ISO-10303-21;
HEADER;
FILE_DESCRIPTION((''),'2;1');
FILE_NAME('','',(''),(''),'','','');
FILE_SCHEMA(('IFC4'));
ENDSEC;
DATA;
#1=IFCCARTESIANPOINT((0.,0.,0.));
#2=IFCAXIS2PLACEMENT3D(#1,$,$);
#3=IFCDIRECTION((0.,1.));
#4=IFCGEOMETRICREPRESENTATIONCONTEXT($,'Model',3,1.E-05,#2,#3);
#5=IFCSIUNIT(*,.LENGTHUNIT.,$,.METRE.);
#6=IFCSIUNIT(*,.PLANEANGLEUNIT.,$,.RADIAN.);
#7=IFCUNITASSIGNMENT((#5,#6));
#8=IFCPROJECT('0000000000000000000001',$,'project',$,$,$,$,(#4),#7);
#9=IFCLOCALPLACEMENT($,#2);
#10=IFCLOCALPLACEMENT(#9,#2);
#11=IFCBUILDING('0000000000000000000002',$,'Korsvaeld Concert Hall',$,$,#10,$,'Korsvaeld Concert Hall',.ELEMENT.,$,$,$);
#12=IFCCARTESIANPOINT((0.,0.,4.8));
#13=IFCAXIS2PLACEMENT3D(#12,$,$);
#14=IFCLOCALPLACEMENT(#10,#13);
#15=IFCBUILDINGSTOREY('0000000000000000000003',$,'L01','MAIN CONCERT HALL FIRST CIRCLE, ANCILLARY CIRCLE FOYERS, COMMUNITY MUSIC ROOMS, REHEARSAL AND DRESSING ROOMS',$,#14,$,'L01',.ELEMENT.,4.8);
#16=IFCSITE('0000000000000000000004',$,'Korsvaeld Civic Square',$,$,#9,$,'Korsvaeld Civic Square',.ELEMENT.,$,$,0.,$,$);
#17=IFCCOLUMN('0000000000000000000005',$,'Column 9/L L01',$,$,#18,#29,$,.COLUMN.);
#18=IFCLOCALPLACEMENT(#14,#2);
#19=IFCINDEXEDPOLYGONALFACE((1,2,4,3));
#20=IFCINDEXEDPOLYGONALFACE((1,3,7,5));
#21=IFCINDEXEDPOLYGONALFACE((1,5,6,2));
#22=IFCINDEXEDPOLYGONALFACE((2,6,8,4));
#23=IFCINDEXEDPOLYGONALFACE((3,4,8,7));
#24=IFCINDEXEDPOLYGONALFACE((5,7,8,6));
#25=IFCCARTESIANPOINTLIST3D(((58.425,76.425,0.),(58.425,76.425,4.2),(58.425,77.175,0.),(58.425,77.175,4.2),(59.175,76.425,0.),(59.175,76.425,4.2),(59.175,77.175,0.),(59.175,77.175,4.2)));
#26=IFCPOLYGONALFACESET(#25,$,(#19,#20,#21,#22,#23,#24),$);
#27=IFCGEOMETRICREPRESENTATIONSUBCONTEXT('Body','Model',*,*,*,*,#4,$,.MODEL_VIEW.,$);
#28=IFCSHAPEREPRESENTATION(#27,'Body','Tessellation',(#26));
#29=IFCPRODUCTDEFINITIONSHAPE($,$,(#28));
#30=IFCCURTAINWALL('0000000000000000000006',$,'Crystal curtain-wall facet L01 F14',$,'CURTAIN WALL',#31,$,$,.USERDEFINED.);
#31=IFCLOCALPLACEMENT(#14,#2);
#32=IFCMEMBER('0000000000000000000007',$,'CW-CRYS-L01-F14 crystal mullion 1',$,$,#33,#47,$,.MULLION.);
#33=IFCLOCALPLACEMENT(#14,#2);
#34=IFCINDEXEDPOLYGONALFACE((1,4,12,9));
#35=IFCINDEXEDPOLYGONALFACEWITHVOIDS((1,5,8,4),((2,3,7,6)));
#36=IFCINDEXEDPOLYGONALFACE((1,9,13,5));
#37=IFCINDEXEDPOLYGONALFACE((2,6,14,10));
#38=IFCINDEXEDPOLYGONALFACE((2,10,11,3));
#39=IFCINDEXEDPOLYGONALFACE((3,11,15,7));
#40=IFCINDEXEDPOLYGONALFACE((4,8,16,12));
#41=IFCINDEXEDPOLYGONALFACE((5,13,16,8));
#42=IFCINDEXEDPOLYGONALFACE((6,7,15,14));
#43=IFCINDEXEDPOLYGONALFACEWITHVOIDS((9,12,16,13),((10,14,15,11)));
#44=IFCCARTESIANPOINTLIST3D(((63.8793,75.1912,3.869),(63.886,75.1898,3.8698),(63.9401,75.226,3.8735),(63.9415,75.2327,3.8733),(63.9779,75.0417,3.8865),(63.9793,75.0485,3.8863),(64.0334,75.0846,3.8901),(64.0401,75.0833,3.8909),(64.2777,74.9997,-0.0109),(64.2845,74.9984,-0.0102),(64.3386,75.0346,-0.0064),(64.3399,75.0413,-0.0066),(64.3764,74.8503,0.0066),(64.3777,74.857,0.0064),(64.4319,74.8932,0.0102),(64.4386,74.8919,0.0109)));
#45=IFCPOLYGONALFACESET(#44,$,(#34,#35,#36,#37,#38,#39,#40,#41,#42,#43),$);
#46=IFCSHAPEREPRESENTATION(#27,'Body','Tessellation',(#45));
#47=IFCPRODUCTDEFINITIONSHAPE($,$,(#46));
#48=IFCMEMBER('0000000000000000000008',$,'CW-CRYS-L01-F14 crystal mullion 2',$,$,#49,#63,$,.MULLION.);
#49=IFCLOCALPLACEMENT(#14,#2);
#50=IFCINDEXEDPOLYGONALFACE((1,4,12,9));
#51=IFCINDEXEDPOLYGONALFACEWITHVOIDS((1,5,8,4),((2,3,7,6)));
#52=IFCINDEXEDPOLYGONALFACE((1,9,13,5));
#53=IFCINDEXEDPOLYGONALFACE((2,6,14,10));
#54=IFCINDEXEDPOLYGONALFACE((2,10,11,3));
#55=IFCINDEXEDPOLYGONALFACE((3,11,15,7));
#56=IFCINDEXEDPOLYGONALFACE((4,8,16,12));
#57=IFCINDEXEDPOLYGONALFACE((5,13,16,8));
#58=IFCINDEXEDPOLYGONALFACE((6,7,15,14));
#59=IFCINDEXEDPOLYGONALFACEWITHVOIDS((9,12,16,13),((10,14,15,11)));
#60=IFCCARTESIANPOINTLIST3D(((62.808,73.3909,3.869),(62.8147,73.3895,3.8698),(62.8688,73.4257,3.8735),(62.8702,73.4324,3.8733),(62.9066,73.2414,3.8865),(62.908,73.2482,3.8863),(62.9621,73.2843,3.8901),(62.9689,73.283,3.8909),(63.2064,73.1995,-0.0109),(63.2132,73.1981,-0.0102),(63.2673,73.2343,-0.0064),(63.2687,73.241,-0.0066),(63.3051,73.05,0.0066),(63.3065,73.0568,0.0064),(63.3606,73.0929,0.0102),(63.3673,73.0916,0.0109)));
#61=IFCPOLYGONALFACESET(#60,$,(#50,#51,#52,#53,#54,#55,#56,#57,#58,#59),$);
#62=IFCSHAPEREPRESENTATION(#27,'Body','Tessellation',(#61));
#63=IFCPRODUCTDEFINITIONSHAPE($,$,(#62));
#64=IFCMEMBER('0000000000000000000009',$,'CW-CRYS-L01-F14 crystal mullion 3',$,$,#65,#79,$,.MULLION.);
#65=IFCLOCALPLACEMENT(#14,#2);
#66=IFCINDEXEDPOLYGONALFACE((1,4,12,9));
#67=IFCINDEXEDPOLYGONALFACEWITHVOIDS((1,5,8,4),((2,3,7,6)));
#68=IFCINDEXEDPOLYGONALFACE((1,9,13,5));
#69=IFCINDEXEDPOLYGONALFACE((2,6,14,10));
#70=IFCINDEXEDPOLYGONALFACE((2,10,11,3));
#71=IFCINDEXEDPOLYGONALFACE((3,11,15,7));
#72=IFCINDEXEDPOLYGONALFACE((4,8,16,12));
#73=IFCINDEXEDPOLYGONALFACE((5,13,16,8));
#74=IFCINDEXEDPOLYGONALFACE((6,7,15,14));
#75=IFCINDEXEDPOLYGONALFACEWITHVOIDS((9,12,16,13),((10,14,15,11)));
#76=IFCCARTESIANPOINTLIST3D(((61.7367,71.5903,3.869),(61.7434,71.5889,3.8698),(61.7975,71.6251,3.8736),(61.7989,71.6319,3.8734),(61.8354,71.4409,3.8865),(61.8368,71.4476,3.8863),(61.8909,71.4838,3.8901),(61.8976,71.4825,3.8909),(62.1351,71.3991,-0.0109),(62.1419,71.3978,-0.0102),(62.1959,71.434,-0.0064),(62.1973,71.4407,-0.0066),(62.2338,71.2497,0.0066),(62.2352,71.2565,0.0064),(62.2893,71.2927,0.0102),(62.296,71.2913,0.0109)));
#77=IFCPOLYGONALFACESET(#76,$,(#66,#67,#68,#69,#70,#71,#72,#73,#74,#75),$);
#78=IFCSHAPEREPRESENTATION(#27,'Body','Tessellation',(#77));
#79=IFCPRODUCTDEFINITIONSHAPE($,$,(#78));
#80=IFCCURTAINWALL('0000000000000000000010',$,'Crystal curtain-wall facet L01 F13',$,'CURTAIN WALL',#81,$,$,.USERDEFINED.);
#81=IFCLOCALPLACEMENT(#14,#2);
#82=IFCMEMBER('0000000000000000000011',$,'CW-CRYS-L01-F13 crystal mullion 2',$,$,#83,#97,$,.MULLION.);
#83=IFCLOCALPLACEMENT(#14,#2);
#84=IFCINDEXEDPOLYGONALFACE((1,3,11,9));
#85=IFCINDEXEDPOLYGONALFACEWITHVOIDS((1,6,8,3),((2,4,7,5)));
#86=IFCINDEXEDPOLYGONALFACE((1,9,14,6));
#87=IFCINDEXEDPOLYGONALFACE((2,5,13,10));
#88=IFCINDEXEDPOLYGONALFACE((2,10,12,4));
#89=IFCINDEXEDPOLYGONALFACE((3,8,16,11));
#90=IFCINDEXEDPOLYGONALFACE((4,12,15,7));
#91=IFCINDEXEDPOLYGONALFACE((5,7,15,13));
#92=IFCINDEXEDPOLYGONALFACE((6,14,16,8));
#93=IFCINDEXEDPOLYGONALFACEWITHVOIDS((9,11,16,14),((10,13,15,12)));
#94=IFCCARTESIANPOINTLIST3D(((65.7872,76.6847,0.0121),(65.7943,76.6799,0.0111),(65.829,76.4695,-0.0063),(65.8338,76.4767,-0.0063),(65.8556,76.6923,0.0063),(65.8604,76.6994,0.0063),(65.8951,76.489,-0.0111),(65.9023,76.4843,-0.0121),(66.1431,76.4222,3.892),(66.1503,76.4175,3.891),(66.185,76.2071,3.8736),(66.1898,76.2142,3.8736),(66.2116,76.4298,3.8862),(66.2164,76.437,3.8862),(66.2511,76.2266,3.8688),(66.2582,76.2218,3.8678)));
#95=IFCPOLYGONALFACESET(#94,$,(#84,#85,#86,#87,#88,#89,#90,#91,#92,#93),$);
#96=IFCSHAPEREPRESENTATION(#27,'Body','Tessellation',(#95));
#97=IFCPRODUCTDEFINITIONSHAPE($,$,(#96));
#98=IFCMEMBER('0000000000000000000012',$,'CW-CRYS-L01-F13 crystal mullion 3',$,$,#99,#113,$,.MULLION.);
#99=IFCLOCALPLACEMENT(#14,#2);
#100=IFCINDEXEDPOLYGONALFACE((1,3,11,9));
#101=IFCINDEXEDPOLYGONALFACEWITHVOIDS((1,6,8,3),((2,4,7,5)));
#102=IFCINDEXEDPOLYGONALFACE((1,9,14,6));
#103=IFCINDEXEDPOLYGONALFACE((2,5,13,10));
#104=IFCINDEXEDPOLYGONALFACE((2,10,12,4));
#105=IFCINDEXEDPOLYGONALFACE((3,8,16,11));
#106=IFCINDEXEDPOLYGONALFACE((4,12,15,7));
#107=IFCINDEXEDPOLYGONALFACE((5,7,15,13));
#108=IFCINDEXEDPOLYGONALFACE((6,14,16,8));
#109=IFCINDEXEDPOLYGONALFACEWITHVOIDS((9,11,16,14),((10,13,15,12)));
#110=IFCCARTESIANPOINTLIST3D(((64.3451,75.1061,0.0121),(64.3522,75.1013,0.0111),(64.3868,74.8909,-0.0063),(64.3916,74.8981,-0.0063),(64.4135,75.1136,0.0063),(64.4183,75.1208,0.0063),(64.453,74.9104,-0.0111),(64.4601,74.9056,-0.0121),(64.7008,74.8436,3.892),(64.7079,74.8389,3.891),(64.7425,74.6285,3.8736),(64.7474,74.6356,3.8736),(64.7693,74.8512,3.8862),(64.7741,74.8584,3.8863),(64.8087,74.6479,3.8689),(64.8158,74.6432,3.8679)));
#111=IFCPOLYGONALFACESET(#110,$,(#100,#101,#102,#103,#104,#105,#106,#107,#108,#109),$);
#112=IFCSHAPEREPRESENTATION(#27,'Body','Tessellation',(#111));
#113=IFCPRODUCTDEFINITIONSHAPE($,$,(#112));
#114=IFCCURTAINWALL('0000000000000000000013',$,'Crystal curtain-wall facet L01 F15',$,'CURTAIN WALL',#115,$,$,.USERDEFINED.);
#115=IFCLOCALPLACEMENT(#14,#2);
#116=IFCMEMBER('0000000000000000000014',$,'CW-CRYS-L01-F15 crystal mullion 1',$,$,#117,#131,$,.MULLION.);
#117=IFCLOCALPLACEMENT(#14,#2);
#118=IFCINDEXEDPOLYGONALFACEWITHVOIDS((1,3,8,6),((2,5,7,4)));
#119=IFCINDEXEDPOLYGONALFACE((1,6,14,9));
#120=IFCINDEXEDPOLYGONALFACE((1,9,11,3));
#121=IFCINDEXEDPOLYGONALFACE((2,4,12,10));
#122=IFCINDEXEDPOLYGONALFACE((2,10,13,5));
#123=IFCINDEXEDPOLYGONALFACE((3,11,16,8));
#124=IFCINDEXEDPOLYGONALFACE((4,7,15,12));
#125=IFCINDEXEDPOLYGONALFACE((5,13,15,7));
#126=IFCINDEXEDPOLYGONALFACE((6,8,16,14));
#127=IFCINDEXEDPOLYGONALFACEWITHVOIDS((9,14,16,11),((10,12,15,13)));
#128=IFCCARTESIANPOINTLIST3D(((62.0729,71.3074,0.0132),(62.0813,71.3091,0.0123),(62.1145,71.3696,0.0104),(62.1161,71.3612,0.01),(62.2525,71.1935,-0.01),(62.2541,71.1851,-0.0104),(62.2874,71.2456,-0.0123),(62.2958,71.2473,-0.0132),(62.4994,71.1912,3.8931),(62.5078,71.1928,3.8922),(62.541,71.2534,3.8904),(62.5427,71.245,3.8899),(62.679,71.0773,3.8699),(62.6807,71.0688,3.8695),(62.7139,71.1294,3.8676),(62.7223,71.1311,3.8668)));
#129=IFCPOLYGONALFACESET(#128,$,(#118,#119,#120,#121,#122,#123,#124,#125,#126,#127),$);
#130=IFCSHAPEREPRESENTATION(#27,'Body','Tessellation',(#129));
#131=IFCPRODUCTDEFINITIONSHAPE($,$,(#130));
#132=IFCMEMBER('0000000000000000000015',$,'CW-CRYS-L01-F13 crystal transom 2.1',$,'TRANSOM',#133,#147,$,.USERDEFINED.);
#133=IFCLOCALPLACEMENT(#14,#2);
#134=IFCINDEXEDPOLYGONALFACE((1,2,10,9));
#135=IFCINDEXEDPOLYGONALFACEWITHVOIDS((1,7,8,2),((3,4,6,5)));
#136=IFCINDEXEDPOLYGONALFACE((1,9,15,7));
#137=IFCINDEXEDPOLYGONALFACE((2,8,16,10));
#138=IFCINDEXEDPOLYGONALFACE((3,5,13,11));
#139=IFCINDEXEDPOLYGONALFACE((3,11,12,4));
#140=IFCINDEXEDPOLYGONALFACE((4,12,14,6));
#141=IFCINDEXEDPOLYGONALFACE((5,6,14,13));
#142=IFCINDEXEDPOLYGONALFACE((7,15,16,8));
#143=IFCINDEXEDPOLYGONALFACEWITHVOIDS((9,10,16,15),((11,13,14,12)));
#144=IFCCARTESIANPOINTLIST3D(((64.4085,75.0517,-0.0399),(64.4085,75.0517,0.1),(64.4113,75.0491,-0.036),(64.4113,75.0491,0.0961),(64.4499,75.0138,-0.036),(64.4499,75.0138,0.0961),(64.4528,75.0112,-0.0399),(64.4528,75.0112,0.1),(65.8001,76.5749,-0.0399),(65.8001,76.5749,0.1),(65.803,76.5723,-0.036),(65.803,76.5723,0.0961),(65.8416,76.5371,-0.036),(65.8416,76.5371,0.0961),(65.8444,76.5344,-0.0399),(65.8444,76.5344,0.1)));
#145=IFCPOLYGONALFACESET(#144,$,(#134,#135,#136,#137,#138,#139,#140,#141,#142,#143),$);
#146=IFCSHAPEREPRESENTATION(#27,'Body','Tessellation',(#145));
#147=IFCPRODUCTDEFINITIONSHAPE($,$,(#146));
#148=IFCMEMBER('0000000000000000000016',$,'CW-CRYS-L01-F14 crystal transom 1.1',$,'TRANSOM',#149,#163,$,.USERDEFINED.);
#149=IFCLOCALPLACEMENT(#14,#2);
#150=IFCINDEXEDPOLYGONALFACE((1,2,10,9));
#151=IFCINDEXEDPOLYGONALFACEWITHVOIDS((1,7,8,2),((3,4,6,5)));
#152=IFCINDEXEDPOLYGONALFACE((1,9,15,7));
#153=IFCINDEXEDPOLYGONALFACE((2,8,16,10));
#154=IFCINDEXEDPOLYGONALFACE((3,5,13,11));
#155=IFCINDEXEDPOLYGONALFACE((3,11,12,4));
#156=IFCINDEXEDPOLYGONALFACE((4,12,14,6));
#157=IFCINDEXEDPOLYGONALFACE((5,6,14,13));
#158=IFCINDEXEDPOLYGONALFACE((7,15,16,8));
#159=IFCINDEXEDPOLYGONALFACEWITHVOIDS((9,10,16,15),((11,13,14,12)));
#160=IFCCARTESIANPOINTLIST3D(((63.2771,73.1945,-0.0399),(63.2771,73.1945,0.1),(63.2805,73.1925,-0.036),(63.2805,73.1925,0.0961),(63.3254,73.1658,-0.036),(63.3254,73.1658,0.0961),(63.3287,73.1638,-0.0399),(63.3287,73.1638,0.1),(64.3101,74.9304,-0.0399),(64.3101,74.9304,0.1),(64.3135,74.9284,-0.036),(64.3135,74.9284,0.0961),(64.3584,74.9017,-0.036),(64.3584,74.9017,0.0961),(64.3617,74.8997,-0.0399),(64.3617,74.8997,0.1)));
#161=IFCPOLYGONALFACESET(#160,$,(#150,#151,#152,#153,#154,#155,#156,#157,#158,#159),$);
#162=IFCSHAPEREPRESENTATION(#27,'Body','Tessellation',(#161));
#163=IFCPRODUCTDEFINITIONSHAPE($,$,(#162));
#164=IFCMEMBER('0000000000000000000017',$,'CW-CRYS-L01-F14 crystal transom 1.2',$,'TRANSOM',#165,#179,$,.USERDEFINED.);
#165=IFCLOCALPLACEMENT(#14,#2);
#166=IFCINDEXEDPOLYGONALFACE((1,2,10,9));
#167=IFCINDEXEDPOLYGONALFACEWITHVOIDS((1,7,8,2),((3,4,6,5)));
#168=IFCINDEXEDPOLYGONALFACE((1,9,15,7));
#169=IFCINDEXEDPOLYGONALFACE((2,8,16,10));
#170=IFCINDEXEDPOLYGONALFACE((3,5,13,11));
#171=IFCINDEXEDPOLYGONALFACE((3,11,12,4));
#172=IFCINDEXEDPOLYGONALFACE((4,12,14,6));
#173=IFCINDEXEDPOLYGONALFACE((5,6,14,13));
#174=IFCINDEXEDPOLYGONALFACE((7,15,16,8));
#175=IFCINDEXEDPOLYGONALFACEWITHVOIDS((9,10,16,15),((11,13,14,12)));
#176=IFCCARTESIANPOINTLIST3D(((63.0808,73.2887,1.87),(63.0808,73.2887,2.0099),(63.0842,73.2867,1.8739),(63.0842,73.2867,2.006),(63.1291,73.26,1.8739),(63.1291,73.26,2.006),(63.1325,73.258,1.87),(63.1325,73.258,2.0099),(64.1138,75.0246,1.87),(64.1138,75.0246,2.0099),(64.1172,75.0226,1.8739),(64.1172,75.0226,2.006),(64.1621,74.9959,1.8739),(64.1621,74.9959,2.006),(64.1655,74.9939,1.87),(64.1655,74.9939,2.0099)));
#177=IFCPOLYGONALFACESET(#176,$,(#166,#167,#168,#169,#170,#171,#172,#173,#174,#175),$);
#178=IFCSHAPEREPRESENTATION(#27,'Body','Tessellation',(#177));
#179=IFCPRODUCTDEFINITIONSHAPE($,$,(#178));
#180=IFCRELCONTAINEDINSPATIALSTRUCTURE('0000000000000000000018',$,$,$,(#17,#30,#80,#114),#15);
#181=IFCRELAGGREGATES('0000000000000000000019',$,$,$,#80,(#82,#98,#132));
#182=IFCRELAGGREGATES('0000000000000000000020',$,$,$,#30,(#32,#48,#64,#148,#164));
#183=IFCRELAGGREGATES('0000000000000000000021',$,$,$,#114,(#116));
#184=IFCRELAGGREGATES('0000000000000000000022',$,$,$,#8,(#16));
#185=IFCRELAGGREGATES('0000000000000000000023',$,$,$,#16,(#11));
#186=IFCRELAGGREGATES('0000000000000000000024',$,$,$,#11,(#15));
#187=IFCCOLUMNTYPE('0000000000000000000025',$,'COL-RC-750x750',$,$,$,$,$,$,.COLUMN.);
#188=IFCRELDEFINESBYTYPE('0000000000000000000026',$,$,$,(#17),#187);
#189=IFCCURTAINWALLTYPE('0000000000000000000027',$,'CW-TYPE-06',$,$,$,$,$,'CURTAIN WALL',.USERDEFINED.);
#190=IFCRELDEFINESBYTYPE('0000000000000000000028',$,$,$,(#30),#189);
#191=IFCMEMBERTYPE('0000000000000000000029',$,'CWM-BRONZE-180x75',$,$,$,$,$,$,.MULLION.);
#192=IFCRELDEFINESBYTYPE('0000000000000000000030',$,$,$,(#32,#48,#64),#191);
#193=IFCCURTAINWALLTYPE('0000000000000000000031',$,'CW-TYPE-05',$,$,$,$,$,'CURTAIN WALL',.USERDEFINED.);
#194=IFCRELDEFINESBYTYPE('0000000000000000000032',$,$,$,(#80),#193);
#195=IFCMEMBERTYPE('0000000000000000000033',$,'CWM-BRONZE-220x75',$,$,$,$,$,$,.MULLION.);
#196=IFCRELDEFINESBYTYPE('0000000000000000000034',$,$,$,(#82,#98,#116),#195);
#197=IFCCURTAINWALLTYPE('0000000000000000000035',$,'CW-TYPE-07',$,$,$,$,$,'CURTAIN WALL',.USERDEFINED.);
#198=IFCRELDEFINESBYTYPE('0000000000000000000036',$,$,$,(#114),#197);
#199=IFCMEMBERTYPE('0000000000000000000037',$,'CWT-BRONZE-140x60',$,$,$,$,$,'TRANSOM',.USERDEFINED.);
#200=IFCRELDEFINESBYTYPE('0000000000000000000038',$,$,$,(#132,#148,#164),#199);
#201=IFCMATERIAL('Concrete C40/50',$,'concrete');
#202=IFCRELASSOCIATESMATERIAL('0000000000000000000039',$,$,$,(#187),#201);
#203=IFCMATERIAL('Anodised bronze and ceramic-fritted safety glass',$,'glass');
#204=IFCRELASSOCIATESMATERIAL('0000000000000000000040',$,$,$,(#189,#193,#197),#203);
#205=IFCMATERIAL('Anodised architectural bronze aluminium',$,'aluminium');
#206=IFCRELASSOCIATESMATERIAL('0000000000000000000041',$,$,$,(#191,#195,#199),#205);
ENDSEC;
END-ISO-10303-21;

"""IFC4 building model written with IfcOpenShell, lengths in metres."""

from ifc_helpers import new_model, si_unit, direction, frame, origin, origin_2d, place, context, subcontext, project, spatial, rectangle, hollow_rectangle, extrude, material, material_profile, profile_set, type_object, element, aggregate, save


model = new_model("IFC4")

# Units and contexts
model_context = context("Model", 3, precision=1e-05, world=origin(), true_north=direction((0.0, 1.0)))
body_context = subcontext(model_context, "Body", "Model", "MODEL_VIEW")
ifc_project = project(units=[si_unit("LENGTHUNIT", "METRE"), si_unit("PLANEANGLEUNIT", "RADIAN")], contexts=[model_context])

# Site, building, storey
site_placement = place(None, origin())
site = spatial("IfcSite", under=ifc_project, at=site_placement, Name="Korsvaeld Civic Square", LongName="Korsvaeld Civic Square", CompositionType="ELEMENT", RefElevation=0.0)
building_placement = place(site_placement, origin())
building = spatial("IfcBuilding", under=site, at=building_placement, Name="Korsvaeld Concert Hall", LongName="Korsvaeld Concert Hall", CompositionType="ELEMENT")
storey_placement = place(building_placement, frame((0.0, 0.0, 4.8)))
storey = spatial("IfcBuildingStorey", under=building, at=storey_placement, Name="L01", Description="MAIN CONCERT HALL FIRST CIRCLE, ANCILLARY CIRCLE FOYERS, COMMUNITY MUSIC ROOMS, REHEARSAL AND DRESSING ROOMS", LongName="L01", CompositionType="ELEMENT", Elevation=4.8)

# Column
ifc_material_1 = material(Name="Concrete C40/50", Category="concrete")
ifc_material_profile_1 = material_profile(ifc_material_1, rectangle(XDim=0.75, YDim=0.75, at=origin_2d()), Name="RC 750x750")
ifc_profile_set_1 = profile_set([ifc_material_profile_1], Name="Concrete C40/50")
column_type = type_object("IfcColumnType", Name="COL-RC-750x750", PredefinedType="COLUMN", material=ifc_profile_set_1)
column_placement = place(storey_placement, frame((58.8, 76.8, 0.0), z_axis=(0.0, 0.0, 1.0), x_axis=(1.0, 0.0, 0.0)))
element("IfcColumn", 1, at=column_placement, inside=storey, type_object=column_type, Name="Column 9/L L01", PredefinedType="COLUMN", context=body_context, shape_type="SweptSolid", body=[
    extrude(rectangle(XDim=0.75, YDim=0.75, at=origin_2d()), origin(), (0.0, 0.0, 1.0), 4.2),
])

# Curtain walls, members
ifc_material_2 = material(Name="Anodised bronze and ceramic-fritted safety glass", Category="glass")
curtain_wall_type_1 = type_object("IfcCurtainWallType", Name="CW-TYPE-06", ElementType="CURTAIN WALL", PredefinedType="USERDEFINED", material=ifc_material_2)
curtain_wall_1_placement = place(storey_placement, origin())
curtain_wall_1 = element("IfcCurtainWall", 2, at=curtain_wall_1_placement, inside=storey, type_object=curtain_wall_type_1, Name="Crystal curtain-wall facet L01 F14", ObjectType="CURTAIN WALL", PredefinedType="USERDEFINED")
ifc_material_3 = material(Name="Anodised architectural bronze aluminium", Category="aluminium")
ifc_material_profile_2 = material_profile(ifc_material_3, hollow_rectangle(XDim=0.075, YDim=0.1799, WallThickness=0.0049, at=origin_2d()), Name="CWM 180x75x5")
ifc_profile_set_2 = profile_set([ifc_material_profile_2], Name="Anodised architectural bronze aluminium")
member_type_1 = type_object("IfcMemberType", Name="CWM-BRONZE-180x75", PredefinedType="MULLION", material=ifc_profile_set_2)
member_1_placement = place(storey_placement, frame((64.3582, 74.9458, 0.0), z_axis=(-0.102033, 0.049016, 0.993573), x_axis=(-0.830086, -0.554624, -0.057883)))
member_1 = element("IfcMember", 3, at=member_1_placement, type_object=member_type_1, Name="CW-CRYS-L01-F14 crystal mullion 1", PredefinedType="MULLION", context=body_context, shape_type="SweptSolid", body=[
    extrude(hollow_rectangle(XDim=0.075, YDim=0.1799, WallThickness=0.0049, at=origin_2d()), origin(), (0.0, 0.0, 1.0), 3.905),
])
member_2_placement = place(storey_placement, frame((63.2869, 73.1455, 0.0), z_axis=(-0.102033, 0.049016, 0.993573), x_axis=(-0.830086, -0.554624, -0.057883)))
member_2 = element("IfcMember", 4, at=member_2_placement, type_object=member_type_1, Name="CW-CRYS-L01-F14 crystal mullion 2", PredefinedType="MULLION", context=body_context, shape_type="SweptSolid", body=[
    extrude(hollow_rectangle(XDim=0.075, YDim=0.1799, WallThickness=0.0049, at=origin_2d()), origin(), (0.0, 0.0, 1.0), 3.905),
])
member_3_placement = place(storey_placement, frame((62.2156, 71.3452, 0.0), z_axis=(-0.102033, 0.048954, 0.993576), x_axis=(-0.829811, -0.555036, -0.057869)))
member_3 = element("IfcMember", 5, at=member_3_placement, type_object=member_type_1, Name="CW-CRYS-L01-F14 crystal mullion 3", PredefinedType="MULLION", context=body_context, shape_type="SweptSolid", body=[
    extrude(hollow_rectangle(XDim=0.075, YDim=0.1799, WallThickness=0.0049, at=origin_2d()), origin(), (0.0, 0.0, 1.0), 3.905),
])
curtain_wall_type_2 = type_object("IfcCurtainWallType", Name="CW-TYPE-05", ElementType="CURTAIN WALL", PredefinedType="USERDEFINED", material=ifc_material_2)
curtain_wall_2_placement = place(storey_placement, origin())
curtain_wall_2 = element("IfcCurtainWall", 6, at=curtain_wall_2_placement, inside=storey, type_object=curtain_wall_type_2, Name="Crystal curtain-wall facet L01 F13", ObjectType="CURTAIN WALL", PredefinedType="USERDEFINED")
ifc_material_profile_3 = material_profile(ifc_material_3, hollow_rectangle(XDim=0.075, YDim=0.22, WallThickness=0.0061, at=origin_2d()), Name="CWM 220x75x6")
ifc_profile_set_3 = profile_set([ifc_material_profile_3], Name="Anodised architectural bronze aluminium")
member_type_2 = type_object("IfcMemberType", Name="CWM-BRONZE-220x75", PredefinedType="MULLION", material=ifc_profile_set_3)
member_4_placement = place(storey_placement, frame((65.8447, 76.5845, 0.0), z_axis=(0.091154, -0.067209, 0.993566), x_axis=(0.977518, 0.196531, -0.076388)))
member_4 = element("IfcMember", 7, at=member_4_placement, type_object=member_type_2, Name="CW-CRYS-L01-F13 crystal mullion 2", PredefinedType="MULLION", context=body_context, shape_type="SweptSolid", body=[
    extrude(hollow_rectangle(XDim=0.075, YDim=0.22, WallThickness=0.0061, at=origin_2d()), origin(), (0.0, 0.0, 1.0), 3.905),
])
member_5_placement = place(storey_placement, frame((64.4026, 75.0059, 0.0), z_axis=(0.091092, -0.067209, 0.993572), x_axis=(0.977585, 0.196208, -0.076354)))
member_5 = element("IfcMember", 8, at=member_5_placement, type_object=member_type_2, Name="CW-CRYS-L01-F13 crystal mullion 3", PredefinedType="MULLION", context=body_context, shape_type="SweptSolid", body=[
    extrude(hollow_rectangle(XDim=0.075, YDim=0.22, WallThickness=0.0061, at=origin_2d()), origin(), (0.0, 0.0, 1.0), 3.905),
])

# Curtain wall, member
curtain_wall_type_3 = type_object("IfcCurtainWallType", Name="CW-TYPE-07", ElementType="CURTAIN WALL", PredefinedType="USERDEFINED", material=ifc_material_2)
curtain_wall_3_placement = place(storey_placement, origin())
curtain_wall_3 = element("IfcCurtainWall", 9, at=curtain_wall_3_placement, inside=storey, type_object=curtain_wall_type_3, Name="Crystal curtain-wall facet L01 F15", ObjectType="CURTAIN WALL", PredefinedType="USERDEFINED")
member_6_placement = place(storey_placement, frame((62.1843, 71.2773, 0.0), z_axis=(0.109223, -0.02976, 0.993572), x_axis=(0.555751, 0.830559, -0.036216)))
member_6 = element("IfcMember", 10, at=member_6_placement, type_object=member_type_2, Name="CW-CRYS-L01-F15 crystal mullion 1", PredefinedType="MULLION", context=body_context, shape_type="SweptSolid", body=[
    extrude(hollow_rectangle(XDim=0.075, YDim=0.22, WallThickness=0.0061, at=origin_2d()), origin(), (0.0, 0.0, 1.0), 3.905),
])

# Members
ifc_material_profile_4 = material_profile(ifc_material_3, hollow_rectangle(XDim=0.0601, YDim=0.1399, WallThickness=0.0039, at=origin_2d()), Name="CWT 140x60x4")
ifc_profile_set_4 = profile_set([ifc_material_profile_4], Name="Anodised architectural bronze aluminium")
member_type_3 = type_object("IfcMemberType", Name="CWT-BRONZE-140x60", ElementType="TRANSOM", PredefinedType="USERDEFINED", material=ifc_profile_set_4)
member_7_placement = place(storey_placement, frame((65.8223, 76.5547, 0.03), z_axis=(-0.674497, -0.738278, 0.0), x_axis=(0.738278, -0.674497, 0.0)))
member_7 = element("IfcMember", 11, at=member_7_placement, type_object=member_type_3, Name="CW-CRYS-L01-F13 crystal transom 2.1", ObjectType="TRANSOM", PredefinedType="USERDEFINED", context=body_context, shape_type="SweptSolid", body=[
    extrude(hollow_rectangle(XDim=0.0601, YDim=0.1399, WallThickness=0.0039, at=origin_2d()), origin(), (0.0, 0.0, 1.0), 2.0632),
])
member_8_placement = place(storey_placement, frame((64.3359, 74.915, 0.03), z_axis=(-0.511382, -0.859354, 0.0), x_axis=(0.859354, -0.511382, 0.0)))
member_8 = element("IfcMember", 12, at=member_8_placement, type_object=member_type_3, Name="CW-CRYS-L01-F14 crystal transom 1.1", ObjectType="TRANSOM", PredefinedType="USERDEFINED", context=body_context, shape_type="SweptSolid", body=[
    extrude(hollow_rectangle(XDim=0.0601, YDim=0.1399, WallThickness=0.0039, at=origin_2d()), origin(), (0.0, 0.0, 1.0), 2.02),
])
member_9_placement = place(storey_placement, frame((64.1396, 75.0093, 1.9399), z_axis=(-0.511382, -0.859354, 0.0), x_axis=(0.859354, -0.511382, 0.0)))
member_9 = element("IfcMember", 13, at=member_9_placement, type_object=member_type_3, Name="CW-CRYS-L01-F14 crystal transom 1.2", ObjectType="TRANSOM", PredefinedType="USERDEFINED", context=body_context, shape_type="SweptSolid", body=[
    extrude(hollow_rectangle(XDim=0.0601, YDim=0.1399, WallThickness=0.0039, at=origin_2d()), origin(), (0.0, 0.0, 1.0), 2.02),
])

aggregate(curtain_wall_2, [member_4, member_5, member_7])
aggregate(curtain_wall_1, [member_1, member_2, member_3, member_8, member_9])
aggregate(curtain_wall_3, [member_6])

save(model, "model.ifc")
